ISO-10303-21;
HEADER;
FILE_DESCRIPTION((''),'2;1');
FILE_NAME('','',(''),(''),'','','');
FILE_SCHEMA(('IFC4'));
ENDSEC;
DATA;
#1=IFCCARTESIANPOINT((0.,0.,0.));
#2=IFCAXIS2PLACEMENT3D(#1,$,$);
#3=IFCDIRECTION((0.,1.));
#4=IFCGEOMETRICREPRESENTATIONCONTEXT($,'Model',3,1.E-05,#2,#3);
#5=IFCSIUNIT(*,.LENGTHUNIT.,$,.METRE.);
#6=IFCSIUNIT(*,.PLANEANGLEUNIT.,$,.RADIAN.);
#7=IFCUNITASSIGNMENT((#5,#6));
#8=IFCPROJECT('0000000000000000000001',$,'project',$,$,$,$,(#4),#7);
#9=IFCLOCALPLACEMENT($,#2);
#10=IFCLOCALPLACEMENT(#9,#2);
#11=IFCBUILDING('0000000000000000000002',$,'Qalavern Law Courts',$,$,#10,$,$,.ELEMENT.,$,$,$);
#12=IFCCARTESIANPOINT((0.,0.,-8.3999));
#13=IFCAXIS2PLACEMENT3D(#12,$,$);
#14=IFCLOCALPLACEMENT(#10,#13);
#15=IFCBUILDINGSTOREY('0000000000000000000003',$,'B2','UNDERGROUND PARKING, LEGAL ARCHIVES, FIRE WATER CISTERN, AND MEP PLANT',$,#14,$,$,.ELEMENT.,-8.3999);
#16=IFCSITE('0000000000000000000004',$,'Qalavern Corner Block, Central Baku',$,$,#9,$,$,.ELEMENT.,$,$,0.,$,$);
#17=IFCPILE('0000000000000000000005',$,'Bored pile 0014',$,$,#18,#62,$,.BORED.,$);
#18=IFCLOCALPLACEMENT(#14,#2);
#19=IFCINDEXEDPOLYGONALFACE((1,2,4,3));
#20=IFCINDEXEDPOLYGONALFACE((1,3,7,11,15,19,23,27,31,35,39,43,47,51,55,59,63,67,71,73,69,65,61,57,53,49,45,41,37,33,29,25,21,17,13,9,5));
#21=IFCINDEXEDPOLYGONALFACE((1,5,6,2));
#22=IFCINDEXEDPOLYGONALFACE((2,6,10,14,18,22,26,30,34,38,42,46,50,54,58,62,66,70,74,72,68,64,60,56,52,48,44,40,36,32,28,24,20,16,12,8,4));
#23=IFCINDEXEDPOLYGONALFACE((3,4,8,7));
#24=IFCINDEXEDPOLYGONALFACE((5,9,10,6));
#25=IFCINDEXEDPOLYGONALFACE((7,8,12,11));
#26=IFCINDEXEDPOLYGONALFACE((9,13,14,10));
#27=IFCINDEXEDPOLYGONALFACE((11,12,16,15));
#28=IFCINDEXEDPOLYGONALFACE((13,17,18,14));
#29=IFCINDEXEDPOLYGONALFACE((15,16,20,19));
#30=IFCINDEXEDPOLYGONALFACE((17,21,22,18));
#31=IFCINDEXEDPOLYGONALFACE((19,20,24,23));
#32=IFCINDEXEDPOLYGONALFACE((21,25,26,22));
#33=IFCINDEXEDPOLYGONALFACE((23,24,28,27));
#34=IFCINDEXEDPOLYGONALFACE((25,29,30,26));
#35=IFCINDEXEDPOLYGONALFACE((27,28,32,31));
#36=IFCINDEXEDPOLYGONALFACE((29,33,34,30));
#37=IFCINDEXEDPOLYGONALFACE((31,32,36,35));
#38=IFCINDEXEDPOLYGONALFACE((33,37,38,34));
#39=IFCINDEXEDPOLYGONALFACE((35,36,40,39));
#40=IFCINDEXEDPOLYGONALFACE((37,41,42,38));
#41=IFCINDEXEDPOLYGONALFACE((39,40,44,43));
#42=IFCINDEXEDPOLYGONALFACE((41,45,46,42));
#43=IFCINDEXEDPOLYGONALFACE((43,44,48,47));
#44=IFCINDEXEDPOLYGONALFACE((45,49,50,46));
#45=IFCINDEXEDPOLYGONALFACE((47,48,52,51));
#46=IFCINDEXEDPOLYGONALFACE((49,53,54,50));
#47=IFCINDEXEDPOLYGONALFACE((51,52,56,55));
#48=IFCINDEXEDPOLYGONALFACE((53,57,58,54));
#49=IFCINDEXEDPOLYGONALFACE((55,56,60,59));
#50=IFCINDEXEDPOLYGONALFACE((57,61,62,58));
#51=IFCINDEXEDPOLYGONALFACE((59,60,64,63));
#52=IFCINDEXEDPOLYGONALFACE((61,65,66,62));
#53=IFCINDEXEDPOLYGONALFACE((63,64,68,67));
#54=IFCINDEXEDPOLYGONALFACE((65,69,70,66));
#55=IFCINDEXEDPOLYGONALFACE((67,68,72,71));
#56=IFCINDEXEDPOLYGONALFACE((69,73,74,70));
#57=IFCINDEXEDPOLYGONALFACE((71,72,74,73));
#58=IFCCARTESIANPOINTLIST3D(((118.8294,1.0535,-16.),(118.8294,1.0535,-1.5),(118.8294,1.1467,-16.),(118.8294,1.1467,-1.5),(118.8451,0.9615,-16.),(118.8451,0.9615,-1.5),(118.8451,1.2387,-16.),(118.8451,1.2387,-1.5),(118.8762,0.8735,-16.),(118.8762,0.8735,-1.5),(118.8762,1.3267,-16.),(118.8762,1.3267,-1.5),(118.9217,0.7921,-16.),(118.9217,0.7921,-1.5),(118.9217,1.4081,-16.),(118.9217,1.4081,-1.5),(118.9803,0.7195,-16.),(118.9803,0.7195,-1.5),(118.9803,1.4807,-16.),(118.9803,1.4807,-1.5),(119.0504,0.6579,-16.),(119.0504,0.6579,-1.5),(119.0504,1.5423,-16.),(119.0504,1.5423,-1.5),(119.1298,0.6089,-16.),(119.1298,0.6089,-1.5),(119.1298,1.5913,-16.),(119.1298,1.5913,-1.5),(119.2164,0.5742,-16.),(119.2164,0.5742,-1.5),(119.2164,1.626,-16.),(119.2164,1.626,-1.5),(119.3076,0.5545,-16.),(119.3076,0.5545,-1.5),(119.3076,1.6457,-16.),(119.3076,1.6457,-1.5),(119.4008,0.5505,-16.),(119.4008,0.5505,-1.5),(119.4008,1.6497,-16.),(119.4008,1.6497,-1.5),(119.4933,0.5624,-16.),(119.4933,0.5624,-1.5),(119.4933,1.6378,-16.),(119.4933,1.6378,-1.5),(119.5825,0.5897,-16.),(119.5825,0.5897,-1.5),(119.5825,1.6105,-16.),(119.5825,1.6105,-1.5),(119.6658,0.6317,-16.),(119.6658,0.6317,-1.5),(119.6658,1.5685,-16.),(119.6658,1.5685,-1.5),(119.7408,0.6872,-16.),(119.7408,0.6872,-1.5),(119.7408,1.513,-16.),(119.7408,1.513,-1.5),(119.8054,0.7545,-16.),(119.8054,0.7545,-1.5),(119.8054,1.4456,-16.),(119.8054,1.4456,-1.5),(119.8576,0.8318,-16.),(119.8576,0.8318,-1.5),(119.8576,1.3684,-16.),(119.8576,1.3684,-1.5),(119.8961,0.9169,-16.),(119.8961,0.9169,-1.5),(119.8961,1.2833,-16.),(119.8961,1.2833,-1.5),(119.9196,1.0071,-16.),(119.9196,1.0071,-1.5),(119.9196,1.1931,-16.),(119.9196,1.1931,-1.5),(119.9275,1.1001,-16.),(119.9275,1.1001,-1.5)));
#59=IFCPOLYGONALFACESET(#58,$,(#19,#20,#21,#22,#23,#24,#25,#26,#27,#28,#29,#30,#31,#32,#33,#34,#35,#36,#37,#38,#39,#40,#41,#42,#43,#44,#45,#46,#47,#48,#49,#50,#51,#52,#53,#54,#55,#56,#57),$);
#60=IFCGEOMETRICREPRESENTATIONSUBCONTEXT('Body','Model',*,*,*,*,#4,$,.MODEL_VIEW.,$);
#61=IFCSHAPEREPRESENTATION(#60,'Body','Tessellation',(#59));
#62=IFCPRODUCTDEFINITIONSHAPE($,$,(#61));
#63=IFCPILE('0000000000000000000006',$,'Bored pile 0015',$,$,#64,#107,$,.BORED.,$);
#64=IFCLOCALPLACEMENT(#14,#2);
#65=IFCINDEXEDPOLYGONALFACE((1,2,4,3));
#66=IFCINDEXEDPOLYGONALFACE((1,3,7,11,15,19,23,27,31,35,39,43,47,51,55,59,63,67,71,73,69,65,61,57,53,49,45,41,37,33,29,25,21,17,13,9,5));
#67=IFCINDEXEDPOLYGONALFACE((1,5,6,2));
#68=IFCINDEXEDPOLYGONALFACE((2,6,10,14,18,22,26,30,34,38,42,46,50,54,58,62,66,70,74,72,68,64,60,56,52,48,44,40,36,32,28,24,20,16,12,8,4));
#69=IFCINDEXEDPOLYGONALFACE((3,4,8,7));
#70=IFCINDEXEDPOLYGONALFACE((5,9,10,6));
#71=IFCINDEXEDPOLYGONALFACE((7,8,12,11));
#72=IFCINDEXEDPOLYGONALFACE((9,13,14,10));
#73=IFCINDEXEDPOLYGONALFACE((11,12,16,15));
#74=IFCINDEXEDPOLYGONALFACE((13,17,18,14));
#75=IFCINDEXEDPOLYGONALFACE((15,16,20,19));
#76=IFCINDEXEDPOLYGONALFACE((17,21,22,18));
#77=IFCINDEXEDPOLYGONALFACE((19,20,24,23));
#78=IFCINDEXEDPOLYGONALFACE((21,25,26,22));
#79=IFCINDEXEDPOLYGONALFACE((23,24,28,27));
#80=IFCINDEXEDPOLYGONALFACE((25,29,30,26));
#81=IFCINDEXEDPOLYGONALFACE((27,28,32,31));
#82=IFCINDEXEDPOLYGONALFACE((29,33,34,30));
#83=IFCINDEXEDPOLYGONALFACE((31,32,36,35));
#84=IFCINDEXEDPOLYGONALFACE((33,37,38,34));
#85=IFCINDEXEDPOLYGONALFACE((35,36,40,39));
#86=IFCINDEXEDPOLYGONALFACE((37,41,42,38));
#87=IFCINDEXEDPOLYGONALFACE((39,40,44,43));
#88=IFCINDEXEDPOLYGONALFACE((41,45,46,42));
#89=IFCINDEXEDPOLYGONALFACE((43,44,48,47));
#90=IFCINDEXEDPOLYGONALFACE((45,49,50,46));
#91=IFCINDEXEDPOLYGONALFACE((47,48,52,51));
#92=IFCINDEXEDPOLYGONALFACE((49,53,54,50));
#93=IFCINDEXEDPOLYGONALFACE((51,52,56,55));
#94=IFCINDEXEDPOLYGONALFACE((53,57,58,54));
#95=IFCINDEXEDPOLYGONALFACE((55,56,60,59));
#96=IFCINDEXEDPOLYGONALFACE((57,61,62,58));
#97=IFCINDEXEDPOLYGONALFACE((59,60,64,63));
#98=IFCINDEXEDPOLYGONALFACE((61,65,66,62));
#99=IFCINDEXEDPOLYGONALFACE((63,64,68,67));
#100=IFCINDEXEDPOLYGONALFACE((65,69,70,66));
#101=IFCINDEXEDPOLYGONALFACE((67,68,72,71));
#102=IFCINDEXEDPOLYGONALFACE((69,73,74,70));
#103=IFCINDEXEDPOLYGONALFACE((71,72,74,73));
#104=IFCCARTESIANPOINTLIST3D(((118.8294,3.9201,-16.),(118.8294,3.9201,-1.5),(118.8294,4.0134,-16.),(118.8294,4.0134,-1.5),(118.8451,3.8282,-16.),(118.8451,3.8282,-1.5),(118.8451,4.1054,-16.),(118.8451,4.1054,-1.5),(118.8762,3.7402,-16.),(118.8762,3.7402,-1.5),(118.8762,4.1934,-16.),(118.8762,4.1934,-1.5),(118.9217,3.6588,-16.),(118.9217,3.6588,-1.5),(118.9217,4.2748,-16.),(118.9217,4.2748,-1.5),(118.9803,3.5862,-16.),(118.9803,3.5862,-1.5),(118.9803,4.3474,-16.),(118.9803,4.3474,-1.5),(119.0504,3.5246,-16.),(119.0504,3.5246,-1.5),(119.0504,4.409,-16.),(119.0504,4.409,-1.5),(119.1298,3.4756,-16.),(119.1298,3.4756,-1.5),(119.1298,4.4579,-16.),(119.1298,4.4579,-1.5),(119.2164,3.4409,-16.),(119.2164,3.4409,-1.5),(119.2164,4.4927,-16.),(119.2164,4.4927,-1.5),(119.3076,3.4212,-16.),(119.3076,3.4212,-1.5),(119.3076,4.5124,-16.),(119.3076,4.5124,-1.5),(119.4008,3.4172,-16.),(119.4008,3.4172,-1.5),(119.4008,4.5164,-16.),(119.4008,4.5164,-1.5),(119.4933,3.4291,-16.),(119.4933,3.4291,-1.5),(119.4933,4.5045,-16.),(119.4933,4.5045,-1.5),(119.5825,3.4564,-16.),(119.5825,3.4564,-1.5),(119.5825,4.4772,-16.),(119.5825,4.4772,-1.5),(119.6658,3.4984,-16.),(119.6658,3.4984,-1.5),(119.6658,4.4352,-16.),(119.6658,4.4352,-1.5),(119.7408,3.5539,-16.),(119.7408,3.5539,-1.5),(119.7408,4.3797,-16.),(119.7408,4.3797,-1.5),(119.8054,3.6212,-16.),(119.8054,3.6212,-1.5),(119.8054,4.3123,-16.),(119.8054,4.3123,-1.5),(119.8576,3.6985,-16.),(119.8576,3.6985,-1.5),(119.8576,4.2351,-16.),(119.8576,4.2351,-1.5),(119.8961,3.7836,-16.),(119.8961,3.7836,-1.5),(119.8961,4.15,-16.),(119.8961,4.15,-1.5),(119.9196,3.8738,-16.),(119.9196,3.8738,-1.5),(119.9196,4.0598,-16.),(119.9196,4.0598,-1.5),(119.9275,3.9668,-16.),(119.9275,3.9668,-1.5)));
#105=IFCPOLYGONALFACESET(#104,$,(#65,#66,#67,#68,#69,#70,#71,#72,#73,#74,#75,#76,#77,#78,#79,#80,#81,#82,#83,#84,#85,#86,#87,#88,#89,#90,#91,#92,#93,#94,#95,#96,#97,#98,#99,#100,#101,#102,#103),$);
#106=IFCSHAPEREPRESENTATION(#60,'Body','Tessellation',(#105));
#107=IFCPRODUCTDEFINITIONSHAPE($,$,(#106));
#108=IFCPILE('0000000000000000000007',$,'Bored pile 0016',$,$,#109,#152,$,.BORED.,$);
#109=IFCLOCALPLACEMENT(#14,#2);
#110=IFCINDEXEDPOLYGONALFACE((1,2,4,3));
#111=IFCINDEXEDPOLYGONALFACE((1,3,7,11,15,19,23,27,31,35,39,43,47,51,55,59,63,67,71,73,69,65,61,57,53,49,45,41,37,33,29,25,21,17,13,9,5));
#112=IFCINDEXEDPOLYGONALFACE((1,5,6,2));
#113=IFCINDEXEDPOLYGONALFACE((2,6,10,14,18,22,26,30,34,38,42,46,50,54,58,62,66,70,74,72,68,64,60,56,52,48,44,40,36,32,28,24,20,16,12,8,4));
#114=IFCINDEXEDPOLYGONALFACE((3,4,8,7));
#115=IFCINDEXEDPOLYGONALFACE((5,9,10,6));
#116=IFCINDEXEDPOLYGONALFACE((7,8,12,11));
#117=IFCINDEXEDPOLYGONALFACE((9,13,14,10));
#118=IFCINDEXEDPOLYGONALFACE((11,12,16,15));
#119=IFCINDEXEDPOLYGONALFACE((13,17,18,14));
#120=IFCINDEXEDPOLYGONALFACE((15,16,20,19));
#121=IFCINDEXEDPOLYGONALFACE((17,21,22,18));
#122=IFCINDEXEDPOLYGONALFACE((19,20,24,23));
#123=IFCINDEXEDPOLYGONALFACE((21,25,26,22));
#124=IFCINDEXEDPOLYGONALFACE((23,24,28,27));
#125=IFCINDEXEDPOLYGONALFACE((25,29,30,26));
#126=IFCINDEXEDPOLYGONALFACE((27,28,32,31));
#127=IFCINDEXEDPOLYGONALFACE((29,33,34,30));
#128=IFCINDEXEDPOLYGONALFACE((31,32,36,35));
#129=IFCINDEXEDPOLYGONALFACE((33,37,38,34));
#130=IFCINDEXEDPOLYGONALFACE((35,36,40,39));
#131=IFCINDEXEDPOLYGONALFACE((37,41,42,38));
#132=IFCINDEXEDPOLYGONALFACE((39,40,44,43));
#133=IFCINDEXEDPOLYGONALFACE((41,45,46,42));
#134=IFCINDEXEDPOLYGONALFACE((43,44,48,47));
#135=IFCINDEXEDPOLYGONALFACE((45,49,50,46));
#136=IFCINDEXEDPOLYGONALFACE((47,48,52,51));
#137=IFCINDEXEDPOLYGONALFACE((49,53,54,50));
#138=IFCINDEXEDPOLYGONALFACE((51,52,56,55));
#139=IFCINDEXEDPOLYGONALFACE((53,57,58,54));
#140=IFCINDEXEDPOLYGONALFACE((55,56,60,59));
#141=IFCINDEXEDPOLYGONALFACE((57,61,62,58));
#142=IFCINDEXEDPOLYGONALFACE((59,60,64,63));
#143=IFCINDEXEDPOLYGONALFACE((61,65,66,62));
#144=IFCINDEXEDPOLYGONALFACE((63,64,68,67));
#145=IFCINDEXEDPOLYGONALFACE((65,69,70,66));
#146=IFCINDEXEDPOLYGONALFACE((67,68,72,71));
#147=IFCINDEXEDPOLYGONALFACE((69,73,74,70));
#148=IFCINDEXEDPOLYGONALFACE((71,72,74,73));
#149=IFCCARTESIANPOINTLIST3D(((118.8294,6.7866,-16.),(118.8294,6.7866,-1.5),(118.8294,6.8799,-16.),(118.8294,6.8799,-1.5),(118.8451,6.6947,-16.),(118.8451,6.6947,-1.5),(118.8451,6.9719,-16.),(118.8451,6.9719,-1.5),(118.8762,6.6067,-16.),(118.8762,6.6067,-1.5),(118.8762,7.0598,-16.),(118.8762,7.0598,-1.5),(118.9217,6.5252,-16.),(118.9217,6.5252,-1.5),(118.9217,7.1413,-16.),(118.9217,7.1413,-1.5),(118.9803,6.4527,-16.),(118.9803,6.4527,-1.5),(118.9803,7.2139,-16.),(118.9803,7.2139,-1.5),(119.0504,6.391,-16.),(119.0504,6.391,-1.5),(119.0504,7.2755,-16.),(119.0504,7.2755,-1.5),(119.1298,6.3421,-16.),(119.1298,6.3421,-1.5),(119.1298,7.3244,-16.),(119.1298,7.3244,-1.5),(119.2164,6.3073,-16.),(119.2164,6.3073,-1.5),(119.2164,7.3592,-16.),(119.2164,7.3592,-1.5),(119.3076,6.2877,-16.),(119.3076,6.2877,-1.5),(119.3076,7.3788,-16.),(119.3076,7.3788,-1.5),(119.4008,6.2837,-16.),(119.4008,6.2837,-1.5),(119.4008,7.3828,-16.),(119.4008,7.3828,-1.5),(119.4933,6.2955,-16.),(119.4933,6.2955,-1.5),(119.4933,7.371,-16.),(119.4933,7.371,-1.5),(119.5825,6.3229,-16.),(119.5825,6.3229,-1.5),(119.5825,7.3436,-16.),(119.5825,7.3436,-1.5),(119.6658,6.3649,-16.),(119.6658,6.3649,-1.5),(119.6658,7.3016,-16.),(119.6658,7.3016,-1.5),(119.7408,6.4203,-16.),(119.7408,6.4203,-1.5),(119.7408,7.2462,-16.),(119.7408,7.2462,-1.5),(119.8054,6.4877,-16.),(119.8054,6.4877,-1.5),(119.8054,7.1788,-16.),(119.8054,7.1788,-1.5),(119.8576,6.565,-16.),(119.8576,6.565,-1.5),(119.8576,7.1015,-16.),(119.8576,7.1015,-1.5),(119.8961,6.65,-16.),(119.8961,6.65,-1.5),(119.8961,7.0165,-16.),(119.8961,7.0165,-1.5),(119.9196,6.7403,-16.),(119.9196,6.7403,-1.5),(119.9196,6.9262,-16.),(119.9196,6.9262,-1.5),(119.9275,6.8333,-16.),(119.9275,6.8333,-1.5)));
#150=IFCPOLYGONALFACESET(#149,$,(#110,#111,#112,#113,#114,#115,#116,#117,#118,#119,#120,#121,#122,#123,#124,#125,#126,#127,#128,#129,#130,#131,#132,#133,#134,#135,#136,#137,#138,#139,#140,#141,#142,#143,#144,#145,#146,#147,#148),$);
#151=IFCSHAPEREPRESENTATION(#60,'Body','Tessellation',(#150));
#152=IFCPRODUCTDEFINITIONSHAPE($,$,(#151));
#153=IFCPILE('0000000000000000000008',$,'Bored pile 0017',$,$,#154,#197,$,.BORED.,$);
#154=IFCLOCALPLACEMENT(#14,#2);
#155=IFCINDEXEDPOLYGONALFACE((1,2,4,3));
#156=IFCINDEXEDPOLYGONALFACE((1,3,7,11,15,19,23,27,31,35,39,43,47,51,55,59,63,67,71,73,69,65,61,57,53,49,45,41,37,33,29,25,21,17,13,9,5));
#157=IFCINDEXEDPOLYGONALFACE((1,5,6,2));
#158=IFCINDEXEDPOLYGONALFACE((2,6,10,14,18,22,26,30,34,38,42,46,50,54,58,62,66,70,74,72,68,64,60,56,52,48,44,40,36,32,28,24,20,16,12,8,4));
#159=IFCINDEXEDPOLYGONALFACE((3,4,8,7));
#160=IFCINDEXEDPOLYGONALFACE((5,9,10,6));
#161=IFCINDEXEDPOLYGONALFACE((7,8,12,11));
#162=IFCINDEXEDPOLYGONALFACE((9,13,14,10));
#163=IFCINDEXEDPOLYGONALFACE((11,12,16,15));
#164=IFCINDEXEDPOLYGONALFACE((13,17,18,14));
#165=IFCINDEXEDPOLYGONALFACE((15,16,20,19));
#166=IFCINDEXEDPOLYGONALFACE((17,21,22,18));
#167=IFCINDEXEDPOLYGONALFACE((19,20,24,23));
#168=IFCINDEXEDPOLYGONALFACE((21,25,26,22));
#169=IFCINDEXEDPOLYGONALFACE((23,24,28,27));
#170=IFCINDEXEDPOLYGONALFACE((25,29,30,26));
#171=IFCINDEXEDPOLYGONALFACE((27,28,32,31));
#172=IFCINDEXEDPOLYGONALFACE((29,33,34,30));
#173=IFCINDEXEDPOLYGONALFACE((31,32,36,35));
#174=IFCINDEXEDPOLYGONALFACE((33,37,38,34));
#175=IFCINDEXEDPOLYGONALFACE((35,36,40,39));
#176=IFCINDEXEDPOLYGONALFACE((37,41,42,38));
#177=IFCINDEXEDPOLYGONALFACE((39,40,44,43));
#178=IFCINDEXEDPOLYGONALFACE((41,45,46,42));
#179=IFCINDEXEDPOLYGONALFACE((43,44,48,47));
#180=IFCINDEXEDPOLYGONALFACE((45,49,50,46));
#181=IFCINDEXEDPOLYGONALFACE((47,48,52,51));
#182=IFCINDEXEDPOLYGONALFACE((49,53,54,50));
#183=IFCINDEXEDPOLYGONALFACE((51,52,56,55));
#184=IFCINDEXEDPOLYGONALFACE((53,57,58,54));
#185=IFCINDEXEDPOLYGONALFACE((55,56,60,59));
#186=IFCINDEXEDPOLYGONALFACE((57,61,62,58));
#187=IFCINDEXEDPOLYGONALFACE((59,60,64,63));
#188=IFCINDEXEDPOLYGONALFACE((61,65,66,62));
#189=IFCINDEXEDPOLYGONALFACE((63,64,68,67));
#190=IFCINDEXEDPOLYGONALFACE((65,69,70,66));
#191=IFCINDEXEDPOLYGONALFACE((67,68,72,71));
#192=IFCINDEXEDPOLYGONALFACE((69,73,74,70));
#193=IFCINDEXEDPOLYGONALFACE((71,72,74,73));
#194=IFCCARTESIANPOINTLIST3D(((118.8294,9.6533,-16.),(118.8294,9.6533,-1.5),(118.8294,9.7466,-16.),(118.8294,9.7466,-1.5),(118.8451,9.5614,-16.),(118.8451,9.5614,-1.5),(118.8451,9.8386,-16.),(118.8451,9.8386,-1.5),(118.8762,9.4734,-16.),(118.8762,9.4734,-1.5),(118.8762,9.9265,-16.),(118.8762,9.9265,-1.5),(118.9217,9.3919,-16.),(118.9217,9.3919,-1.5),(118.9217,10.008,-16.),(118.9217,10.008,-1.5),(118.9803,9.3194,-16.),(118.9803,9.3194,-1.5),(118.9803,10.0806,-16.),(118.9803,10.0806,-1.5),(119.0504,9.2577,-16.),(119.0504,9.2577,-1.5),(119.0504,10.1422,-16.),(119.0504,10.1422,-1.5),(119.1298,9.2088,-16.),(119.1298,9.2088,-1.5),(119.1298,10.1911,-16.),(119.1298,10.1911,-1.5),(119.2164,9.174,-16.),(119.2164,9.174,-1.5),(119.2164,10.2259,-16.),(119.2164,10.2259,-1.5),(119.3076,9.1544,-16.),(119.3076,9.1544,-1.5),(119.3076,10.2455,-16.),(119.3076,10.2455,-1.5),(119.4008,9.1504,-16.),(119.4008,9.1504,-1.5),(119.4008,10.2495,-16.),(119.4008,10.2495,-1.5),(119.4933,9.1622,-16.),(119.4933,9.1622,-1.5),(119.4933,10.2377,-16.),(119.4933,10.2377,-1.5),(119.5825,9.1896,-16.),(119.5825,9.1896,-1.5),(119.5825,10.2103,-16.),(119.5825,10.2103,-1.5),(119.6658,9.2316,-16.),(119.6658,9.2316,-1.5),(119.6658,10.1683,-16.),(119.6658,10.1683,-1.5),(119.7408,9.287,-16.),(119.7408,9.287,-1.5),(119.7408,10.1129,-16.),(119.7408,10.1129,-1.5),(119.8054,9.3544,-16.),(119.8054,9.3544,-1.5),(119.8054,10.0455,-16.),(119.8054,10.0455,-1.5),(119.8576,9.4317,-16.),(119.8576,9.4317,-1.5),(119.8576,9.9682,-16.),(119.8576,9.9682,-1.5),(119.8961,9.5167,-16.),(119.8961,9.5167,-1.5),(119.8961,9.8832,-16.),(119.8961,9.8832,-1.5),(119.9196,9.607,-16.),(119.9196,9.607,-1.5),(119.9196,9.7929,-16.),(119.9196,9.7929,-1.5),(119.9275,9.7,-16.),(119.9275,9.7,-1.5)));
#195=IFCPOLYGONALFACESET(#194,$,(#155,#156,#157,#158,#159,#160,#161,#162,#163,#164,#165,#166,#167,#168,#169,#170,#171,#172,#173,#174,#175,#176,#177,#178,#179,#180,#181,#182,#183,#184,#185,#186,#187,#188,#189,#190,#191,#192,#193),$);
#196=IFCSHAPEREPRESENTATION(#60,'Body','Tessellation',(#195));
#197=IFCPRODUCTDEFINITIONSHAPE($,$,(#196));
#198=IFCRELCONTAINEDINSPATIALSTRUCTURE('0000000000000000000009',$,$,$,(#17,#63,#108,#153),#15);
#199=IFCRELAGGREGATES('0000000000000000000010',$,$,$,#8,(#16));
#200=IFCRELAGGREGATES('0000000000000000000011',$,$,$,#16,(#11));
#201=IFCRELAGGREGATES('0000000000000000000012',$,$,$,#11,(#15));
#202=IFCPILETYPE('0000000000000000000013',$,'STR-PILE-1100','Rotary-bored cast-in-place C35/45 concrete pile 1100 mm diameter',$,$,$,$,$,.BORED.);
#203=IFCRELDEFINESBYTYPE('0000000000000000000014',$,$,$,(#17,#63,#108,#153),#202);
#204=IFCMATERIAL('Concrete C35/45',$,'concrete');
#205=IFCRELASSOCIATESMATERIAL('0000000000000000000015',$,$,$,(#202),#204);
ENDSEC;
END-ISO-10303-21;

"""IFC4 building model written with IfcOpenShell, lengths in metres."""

from ifc_helpers import new_model, si_unit, direction, frame, origin, origin_2d, place, context, subcontext, project, spatial, circle, extrude, material, material_profile, profile_set, type_object, element, save


model = new_model("IFC4")

# Units and contexts
model_context = context("Model", 3, precision=1e-05, world=origin(), true_north=direction((0.0, 1.0)))
body_context = subcontext(model_context, "Body", "Model", "MODEL_VIEW")
ifc_project = project(units=[si_unit("LENGTHUNIT", "METRE"), si_unit("PLANEANGLEUNIT", "RADIAN")], contexts=[model_context])

# Site, building, storey
site_placement = place(None, origin())
site = spatial("IfcSite", under=ifc_project, at=site_placement, Name="Qalavern Corner Block, Central Baku", CompositionType="ELEMENT", RefElevation=0.0)
building_placement = place(site_placement, origin())
building = spatial("IfcBuilding", under=site, at=building_placement, Name="Qalavern Law Courts", CompositionType="ELEMENT")
storey_placement = place(building_placement, frame((0.0, 0.0, -8.3999)))
storey = spatial("IfcBuildingStorey", under=building, at=storey_placement, Name="B2", Description="UNDERGROUND PARKING, LEGAL ARCHIVES, FIRE WATER CISTERN, AND MEP PLANT", CompositionType="ELEMENT", Elevation=-8.3999)

# Shared definitions
ifc_material_1 = material(Name="Concrete C35/45", Category="concrete")

# Piles
ifc_material_profile_1 = material_profile(ifc_material_1, circle(Radius=0.55, at=origin_2d()), Name="BORED PILE 1100")
ifc_profile_set_1 = profile_set([ifc_material_profile_1], Name="Concrete C35/45")
pile_type_1 = type_object("IfcPileType", Name="STR-PILE-1100", Description="Rotary-bored cast-in-place C35/45 concrete pile 1100 mm diameter", PredefinedType="BORED", material=ifc_profile_set_1)
for number, where, z_axis, x_axis, name in (
    (1, (119.3774, 1.1001, -1.5), (0.0, 0.0, -1.0), (1.0, 0.0, 0.0), "Bored pile 0014"),
    (2, (119.3774, 3.9668, -1.5), (0.0, 0.0, -1.0), (1.0, 0.0, 0.0), "Bored pile 0015"),
    (3, (119.3774, 6.8333, -1.5), (0.0, 0.0, -1.0), (1.0, 0.0, 0.0), "Bored pile 0016"),
    (4, (119.3774, 9.7, -1.5), (0.0, 0.0, -1.0), (1.0, 0.0, 0.0), "Bored pile 0017"),
):
    element("IfcPile", number, at=place(storey_placement, frame(where, z_axis=z_axis, x_axis=x_axis)), inside=storey, type_object=pile_type_1, Name=name, PredefinedType="BORED", context=body_context, shape_type="SweptSolid", body=[
        extrude(circle(Radius=0.55, at=origin_2d()), origin(), (0.0, 0.0, 1.0), 14.5),
    ])

save(model, "model.ifc")
